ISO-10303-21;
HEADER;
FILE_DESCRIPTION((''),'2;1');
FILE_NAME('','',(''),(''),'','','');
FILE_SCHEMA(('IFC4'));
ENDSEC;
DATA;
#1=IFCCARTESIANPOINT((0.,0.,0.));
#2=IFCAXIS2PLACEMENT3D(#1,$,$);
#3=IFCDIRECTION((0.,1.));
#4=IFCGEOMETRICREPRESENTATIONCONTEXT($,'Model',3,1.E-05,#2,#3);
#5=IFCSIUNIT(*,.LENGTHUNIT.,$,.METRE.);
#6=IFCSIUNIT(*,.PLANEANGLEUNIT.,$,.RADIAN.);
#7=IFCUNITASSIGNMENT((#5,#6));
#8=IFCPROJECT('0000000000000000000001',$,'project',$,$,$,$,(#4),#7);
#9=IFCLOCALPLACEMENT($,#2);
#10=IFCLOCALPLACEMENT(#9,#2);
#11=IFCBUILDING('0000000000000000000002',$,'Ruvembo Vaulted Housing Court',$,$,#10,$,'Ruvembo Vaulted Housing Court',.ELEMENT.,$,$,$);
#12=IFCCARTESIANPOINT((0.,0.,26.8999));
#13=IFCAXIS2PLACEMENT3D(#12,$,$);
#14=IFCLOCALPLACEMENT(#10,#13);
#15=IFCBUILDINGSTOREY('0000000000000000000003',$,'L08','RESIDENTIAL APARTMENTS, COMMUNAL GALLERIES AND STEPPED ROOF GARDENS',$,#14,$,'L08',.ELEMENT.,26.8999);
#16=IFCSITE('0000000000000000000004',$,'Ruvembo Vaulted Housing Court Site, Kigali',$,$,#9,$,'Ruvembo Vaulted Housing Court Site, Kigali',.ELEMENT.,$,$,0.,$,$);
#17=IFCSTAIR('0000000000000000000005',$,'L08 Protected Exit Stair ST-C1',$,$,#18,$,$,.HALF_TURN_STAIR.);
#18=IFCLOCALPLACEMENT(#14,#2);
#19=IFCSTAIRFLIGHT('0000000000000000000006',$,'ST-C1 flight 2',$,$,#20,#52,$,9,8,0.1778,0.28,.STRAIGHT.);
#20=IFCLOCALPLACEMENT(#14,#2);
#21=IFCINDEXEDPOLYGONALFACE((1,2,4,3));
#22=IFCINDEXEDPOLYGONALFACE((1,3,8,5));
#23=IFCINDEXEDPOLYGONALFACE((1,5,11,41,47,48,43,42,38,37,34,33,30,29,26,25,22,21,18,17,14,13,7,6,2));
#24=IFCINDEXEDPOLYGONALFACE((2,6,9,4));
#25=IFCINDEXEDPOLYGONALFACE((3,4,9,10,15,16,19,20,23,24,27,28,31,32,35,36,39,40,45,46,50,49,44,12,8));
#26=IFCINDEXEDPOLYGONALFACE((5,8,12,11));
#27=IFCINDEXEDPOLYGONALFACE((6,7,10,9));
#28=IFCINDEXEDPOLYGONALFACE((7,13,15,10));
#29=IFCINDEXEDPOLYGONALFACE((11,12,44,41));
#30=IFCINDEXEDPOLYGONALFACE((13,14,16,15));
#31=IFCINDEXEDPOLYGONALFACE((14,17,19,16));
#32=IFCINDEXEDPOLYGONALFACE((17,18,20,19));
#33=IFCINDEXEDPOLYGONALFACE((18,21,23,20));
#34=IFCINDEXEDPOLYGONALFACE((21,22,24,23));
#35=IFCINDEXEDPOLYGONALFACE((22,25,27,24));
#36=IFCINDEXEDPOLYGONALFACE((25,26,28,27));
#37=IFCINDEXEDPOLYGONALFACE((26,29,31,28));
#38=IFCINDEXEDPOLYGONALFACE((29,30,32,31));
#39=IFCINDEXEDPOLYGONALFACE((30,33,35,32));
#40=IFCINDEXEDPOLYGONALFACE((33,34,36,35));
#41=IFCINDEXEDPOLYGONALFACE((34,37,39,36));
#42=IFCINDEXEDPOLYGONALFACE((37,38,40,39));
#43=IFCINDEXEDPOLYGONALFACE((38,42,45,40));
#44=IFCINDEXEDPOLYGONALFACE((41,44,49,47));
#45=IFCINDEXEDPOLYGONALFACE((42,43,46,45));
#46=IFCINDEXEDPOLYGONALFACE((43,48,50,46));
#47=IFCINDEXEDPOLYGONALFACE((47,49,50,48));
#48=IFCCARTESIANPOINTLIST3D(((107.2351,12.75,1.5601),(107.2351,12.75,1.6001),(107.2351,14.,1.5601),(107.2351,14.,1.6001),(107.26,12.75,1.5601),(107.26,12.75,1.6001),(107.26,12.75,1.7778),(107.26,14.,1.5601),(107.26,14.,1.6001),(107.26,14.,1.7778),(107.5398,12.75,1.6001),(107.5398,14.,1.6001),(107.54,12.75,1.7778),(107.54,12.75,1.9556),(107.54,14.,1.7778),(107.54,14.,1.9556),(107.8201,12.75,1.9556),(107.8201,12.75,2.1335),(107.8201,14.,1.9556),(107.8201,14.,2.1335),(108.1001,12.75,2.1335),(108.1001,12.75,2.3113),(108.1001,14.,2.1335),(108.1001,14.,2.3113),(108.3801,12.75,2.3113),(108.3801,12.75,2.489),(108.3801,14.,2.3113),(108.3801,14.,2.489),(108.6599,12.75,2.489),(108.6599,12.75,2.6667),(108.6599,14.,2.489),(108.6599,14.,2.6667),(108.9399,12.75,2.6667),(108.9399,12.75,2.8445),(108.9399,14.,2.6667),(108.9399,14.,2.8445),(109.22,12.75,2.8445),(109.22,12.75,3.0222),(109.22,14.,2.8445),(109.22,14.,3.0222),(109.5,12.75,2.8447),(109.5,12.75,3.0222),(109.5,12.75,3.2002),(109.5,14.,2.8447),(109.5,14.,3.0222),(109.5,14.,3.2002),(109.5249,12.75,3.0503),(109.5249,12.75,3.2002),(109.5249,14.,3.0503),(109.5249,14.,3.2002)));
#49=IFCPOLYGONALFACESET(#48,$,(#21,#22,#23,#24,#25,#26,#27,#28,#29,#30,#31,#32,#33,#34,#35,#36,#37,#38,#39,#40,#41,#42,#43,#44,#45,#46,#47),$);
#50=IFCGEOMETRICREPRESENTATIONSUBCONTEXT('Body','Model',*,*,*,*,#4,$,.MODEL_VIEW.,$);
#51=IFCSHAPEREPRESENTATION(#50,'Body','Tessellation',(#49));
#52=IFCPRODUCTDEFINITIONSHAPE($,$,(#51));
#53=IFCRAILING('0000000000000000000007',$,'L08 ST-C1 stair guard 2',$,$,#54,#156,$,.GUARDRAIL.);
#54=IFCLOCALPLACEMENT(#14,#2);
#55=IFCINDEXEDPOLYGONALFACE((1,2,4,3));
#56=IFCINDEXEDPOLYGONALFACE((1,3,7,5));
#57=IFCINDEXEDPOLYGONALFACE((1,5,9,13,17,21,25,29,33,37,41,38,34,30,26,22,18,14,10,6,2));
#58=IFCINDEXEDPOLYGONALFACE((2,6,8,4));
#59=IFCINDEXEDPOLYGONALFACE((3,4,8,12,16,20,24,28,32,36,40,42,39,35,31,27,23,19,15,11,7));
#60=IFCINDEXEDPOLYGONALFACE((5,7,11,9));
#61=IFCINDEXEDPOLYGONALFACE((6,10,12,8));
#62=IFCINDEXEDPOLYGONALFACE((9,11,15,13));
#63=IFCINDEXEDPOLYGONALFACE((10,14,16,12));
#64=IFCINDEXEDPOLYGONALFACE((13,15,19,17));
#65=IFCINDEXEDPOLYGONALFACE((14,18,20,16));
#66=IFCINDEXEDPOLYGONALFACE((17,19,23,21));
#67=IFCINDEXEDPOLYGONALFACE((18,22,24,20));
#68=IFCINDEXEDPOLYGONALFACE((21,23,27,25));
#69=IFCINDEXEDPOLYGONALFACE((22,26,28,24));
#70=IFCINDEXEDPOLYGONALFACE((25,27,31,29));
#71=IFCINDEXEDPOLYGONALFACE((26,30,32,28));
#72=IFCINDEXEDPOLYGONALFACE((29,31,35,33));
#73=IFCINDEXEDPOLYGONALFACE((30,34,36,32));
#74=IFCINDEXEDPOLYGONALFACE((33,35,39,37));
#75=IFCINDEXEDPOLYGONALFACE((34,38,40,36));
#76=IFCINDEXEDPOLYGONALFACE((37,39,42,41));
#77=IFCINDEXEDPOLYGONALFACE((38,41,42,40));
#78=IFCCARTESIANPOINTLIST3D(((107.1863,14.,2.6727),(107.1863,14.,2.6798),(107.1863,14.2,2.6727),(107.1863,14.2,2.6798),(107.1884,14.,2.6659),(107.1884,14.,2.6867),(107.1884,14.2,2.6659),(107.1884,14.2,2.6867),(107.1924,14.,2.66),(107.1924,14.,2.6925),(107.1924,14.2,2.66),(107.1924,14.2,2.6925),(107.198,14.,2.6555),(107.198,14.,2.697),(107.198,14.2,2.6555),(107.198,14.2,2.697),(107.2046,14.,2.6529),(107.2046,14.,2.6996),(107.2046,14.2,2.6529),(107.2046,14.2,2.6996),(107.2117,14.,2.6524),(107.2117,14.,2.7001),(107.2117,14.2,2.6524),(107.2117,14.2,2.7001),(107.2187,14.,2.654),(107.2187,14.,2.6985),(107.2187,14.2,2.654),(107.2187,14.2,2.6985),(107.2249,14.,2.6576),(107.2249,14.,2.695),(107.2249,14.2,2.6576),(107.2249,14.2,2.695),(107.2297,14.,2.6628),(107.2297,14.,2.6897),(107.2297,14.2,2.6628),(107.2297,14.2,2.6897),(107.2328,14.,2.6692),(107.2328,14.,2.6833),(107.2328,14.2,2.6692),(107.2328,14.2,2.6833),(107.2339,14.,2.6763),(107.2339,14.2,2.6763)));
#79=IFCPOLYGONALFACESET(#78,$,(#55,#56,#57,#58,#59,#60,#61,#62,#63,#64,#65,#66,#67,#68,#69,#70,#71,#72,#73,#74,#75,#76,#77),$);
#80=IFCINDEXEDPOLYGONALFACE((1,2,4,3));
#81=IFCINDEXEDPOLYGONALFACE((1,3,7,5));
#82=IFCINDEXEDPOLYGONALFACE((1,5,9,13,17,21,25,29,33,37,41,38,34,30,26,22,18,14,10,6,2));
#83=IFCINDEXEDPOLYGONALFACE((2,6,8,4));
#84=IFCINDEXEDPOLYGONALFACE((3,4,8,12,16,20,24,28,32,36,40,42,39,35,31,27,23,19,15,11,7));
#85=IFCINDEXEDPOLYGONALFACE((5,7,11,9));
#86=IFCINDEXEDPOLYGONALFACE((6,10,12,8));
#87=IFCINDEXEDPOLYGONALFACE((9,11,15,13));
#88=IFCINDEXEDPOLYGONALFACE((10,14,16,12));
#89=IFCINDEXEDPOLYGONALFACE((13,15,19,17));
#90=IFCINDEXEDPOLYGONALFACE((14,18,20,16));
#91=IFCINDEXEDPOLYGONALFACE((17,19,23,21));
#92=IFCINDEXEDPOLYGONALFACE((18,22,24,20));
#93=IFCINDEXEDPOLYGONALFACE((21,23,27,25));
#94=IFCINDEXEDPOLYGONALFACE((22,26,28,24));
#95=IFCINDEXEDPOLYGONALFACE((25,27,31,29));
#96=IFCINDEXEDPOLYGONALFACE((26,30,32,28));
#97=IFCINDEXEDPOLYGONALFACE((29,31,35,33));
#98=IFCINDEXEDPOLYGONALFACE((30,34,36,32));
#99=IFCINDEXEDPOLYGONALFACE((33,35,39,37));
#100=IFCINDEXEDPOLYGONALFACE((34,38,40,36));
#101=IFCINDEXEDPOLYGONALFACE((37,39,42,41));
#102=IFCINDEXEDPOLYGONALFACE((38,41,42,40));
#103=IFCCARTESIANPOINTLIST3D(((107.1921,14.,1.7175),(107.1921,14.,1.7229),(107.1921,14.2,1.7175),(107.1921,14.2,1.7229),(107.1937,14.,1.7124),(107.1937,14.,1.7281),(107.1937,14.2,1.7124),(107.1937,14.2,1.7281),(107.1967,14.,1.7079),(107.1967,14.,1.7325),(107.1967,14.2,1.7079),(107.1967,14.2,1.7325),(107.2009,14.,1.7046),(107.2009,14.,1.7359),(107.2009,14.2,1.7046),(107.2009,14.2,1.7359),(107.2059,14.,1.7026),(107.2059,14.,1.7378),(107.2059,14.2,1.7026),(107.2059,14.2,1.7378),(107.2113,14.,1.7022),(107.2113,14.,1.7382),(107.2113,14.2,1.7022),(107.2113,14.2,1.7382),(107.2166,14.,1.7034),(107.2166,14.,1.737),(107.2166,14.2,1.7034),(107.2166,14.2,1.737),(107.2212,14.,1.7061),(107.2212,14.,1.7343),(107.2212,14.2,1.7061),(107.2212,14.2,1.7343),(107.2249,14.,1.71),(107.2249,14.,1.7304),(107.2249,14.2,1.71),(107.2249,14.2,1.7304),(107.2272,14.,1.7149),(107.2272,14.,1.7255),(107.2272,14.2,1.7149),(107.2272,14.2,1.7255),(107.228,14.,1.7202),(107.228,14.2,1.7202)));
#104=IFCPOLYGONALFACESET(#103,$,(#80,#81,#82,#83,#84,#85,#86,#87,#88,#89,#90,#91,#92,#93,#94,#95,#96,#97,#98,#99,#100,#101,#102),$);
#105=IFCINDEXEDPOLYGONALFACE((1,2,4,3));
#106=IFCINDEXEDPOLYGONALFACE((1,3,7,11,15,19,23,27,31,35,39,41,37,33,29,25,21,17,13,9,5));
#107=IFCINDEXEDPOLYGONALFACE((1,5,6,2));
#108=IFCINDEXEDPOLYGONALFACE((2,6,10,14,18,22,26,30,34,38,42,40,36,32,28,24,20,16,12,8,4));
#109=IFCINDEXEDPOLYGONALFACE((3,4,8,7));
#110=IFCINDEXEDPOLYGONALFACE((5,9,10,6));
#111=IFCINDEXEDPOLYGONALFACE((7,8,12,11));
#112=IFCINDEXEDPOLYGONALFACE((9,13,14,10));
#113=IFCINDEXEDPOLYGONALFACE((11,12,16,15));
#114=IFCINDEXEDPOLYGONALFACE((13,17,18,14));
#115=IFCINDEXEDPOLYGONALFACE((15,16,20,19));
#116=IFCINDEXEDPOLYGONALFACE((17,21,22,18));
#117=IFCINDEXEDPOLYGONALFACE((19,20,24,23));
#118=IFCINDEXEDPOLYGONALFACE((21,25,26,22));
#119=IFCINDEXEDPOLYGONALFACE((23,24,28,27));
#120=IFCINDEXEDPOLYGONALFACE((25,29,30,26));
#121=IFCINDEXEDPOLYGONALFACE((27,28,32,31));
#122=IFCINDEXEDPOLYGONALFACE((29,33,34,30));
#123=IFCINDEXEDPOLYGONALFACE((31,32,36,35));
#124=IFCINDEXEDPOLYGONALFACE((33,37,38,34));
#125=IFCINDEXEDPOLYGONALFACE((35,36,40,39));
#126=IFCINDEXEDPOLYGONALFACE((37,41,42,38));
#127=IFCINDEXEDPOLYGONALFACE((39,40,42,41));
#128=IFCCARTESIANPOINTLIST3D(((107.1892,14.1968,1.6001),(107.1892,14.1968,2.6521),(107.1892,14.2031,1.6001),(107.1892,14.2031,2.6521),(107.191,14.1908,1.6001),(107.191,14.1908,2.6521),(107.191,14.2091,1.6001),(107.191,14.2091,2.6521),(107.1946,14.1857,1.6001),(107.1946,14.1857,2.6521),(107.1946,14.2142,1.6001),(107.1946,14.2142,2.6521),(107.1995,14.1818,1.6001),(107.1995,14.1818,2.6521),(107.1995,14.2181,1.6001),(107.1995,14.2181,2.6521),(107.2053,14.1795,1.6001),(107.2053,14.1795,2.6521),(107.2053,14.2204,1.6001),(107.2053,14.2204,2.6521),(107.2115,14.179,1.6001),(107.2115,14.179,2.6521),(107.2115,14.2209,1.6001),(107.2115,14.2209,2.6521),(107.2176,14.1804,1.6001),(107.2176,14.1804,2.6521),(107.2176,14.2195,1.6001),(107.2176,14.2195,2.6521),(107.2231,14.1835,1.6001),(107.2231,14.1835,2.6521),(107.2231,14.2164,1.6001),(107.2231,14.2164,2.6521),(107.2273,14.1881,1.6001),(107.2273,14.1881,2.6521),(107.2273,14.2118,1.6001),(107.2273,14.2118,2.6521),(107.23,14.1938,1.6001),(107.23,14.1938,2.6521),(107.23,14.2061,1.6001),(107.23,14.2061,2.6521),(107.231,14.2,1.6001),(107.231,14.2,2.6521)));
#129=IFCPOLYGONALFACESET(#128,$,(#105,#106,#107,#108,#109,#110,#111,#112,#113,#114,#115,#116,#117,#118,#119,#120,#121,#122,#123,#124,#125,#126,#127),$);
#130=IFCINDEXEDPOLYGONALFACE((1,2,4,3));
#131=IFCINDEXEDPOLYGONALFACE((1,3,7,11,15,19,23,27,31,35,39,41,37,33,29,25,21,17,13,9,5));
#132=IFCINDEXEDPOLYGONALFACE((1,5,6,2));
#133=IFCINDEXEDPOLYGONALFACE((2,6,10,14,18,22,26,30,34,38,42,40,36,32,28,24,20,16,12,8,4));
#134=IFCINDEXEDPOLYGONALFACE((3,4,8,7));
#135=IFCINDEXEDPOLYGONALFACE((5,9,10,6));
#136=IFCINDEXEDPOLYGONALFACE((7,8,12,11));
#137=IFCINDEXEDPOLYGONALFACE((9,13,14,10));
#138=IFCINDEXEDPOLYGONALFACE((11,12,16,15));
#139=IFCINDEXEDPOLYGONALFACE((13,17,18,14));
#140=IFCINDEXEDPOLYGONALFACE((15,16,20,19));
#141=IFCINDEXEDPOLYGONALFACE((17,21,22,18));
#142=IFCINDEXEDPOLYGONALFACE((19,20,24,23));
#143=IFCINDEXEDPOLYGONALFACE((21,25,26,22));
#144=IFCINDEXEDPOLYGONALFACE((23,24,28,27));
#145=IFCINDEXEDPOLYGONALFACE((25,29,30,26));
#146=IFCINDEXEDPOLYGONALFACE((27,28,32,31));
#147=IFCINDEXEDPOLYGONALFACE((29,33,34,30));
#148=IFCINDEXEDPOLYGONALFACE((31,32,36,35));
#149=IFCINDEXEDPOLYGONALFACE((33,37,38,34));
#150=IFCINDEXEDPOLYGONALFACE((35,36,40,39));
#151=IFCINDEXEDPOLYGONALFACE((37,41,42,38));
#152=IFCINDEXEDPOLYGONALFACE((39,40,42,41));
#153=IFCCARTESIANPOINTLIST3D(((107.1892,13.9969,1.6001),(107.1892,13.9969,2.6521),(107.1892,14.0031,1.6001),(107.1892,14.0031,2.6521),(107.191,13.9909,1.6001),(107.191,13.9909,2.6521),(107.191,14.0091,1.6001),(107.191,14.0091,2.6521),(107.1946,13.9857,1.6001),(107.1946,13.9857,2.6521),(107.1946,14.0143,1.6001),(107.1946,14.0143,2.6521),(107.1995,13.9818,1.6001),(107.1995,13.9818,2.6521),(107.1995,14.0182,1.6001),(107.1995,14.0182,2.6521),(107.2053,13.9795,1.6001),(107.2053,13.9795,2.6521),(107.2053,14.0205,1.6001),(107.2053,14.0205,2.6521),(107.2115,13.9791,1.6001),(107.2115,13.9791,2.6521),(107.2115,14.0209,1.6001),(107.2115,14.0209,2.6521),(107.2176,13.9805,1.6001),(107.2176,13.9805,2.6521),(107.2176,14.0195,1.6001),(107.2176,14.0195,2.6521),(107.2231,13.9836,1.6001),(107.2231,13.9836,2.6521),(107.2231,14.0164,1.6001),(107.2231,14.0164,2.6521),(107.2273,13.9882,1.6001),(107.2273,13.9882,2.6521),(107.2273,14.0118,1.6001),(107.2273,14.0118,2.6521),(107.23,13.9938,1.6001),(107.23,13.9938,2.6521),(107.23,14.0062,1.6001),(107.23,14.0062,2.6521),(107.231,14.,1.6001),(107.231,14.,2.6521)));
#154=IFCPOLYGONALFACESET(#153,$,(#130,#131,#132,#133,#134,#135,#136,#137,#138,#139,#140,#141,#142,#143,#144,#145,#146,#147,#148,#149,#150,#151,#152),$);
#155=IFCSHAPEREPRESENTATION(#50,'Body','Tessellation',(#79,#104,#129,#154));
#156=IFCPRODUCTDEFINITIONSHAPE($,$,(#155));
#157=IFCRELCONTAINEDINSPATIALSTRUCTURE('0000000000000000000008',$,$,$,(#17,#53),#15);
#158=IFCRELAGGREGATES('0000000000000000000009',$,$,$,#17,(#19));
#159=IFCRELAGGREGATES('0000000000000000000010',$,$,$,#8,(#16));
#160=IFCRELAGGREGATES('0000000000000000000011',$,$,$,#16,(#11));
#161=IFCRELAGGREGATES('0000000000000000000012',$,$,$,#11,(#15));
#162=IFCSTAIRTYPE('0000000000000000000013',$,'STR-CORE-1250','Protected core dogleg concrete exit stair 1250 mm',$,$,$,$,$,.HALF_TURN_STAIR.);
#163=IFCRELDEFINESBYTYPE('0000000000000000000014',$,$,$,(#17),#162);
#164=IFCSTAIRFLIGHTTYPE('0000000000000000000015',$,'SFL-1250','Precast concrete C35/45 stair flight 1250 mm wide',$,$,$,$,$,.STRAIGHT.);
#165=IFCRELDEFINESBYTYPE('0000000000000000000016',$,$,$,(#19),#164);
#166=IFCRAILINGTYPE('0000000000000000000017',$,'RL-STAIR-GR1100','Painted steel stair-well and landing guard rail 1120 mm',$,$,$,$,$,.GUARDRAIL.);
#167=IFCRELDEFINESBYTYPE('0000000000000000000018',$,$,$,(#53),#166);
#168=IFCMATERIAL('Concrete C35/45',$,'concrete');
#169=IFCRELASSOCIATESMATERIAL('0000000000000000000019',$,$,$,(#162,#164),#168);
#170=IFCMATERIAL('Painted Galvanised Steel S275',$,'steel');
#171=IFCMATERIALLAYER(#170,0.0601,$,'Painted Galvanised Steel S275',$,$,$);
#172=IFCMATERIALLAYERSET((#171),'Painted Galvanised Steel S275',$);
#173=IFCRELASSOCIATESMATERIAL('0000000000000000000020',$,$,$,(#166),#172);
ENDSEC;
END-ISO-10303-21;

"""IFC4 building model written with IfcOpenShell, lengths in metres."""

from ifc_helpers import new_model, si_unit, direction, frame, origin, origin_2d, place, context, subcontext, project, spatial, polyline, circle, outline, extrude, material, layer, layer_set, type_object, element, aggregate, save


model = new_model("IFC4")

# Units and contexts
model_context = context("Model", 3, precision=1e-05, world=origin(), true_north=direction((0.0, 1.0)))
body_context = subcontext(model_context, "Body", "Model", "MODEL_VIEW")
ifc_project = project(units=[si_unit("LENGTHUNIT", "METRE"), si_unit("PLANEANGLEUNIT", "RADIAN")], contexts=[model_context])

# Site, building, storey
site_placement = place(None, origin())
site = spatial("IfcSite", under=ifc_project, at=site_placement, Name="Ruvembo Vaulted Housing Court Site, Kigali", LongName="Ruvembo Vaulted Housing Court Site, Kigali", CompositionType="ELEMENT", RefElevation=0.0)
building_placement = place(site_placement, origin())
building = spatial("IfcBuilding", under=site, at=building_placement, Name="Ruvembo Vaulted Housing Court", LongName="Ruvembo Vaulted Housing Court", CompositionType="ELEMENT")
storey_placement = place(building_placement, frame((0.0, 0.0, 26.8999)))
storey = spatial("IfcBuildingStorey", under=building, at=storey_placement, Name="L08", Description="RESIDENTIAL APARTMENTS, COMMUNAL GALLERIES AND STEPPED ROOF GARDENS", LongName="L08", CompositionType="ELEMENT", Elevation=26.8999)

# Shared definitions
ifc_material_1 = material(Name="Concrete C35/45", Category="concrete")

# Stair, stair flight
stair_type = type_object("IfcStairType", Name="STR-CORE-1250", Description="Protected core dogleg concrete exit stair 1250 mm", PredefinedType="HALF_TURN_STAIR", material=ifc_material_1)
stair_placement = place(storey_placement, origin())
stair = element("IfcStair", 1, at=stair_placement, inside=storey, type_object=stair_type, Name="L08 Protected Exit Stair ST-C1", PredefinedType="HALF_TURN_STAIR")
stair_flight_type = type_object("IfcStairFlightType", Name="SFL-1250", Description="Precast concrete C35/45 stair flight 1250 mm wide", PredefinedType="STRAIGHT", material=ifc_material_1)
stair_flight_placement = place(storey_placement, frame((107.26, 13.375, 1.6001), z_axis=(0.0, 0.0, 1.0), x_axis=(1.0, 0.0, 0.0)))
stair_flight = element("IfcStairFlight", 2, at=stair_flight_placement, type_object=stair_flight_type, Name="ST-C1 flight 2", NumberOfRisers=9, NumberOfTreads=8, PredefinedType="STRAIGHT", RiserHeight=0.1778, TreadLength=0.28, context=body_context, shape_type="SweptSolid", body=[
    extrude(outline(polyline([(-0.0249, -0.04), (-0.0249, 0.0), (0.0, 0.0), (0.0, 0.1777), (0.28, 0.1777), (0.28, 0.3555), (0.5601, 0.3555), (0.5601, 0.5334), (0.8401, 0.5334), (0.8401, 0.7112), (1.1201, 0.7112), (1.1201, 0.8889), (1.3999, 0.8889), (1.3999, 1.0667), (1.6799, 1.0667), (1.6799, 1.2444), (1.96, 1.2444), (1.96, 1.4221), (2.24, 1.4221), (2.24, 1.6001), (2.2649, 1.6001), (2.2649, 1.4502), (2.24, 1.2446), (0.2798, 0.0), (0.0, -0.04), (-0.0249, -0.04)])), frame((0.0, 0.625, 0.0), z_axis=(0.0, -1.0, 0.0), x_axis=(1.0, 0.0, 0.0)), (0.0, 0.0, 1.0), 1.25),
])
aggregate(stair, [stair_flight])

# Railing
ifc_material_2 = material(Name="Painted Galvanised Steel S275", Category="steel")
ifc_layer_1 = layer(ifc_material_2, 0.0601, Name="Painted Galvanised Steel S275")
ifc_layer_set_1 = layer_set([ifc_layer_1], Name="Painted Galvanised Steel S275")
railing_type_1 = type_object("IfcRailingType", Name="RL-STAIR-GR1100", Description="Painted steel stair-well and landing guard rail 1120 mm", PredefinedType="GUARDRAIL", material=ifc_layer_set_1)
railing_1_placement = place(storey_placement, frame((107.21, 14.2, 1.6001)))
element("IfcRailing", 3, at=railing_1_placement, inside=storey, type_object=railing_type_1, Name="L08 ST-C1 stair guard 2", PredefinedType="GUARDRAIL", context=body_context, shape_type="SweptSolid", body=[
    extrude(circle(Radius=0.0239, at=origin_2d()), frame((0.0, 0.0, 1.0762), z_axis=(0.0, -1.0, 0.0), x_axis=(1.0, 0.0, 0.0)), (0.0, 0.0, 1.0), 0.2),
    extrude(circle(Radius=0.0181, at=origin_2d()), frame((0.0, 0.0, 0.1201), z_axis=(0.0, -1.0, 0.0), x_axis=(1.0, 0.0, 0.0)), (0.0, 0.0, 1.0), 0.2),
    extrude(circle(Radius=0.021, at=origin_2d()), origin(), (0.0, 0.0, 1.0), 1.052),
    extrude(circle(Radius=0.021, at=origin_2d()), frame((0.0, -0.2, 0.0)), (0.0, 0.0, 1.0), 1.052),
])

save(model, "model.ifc")
